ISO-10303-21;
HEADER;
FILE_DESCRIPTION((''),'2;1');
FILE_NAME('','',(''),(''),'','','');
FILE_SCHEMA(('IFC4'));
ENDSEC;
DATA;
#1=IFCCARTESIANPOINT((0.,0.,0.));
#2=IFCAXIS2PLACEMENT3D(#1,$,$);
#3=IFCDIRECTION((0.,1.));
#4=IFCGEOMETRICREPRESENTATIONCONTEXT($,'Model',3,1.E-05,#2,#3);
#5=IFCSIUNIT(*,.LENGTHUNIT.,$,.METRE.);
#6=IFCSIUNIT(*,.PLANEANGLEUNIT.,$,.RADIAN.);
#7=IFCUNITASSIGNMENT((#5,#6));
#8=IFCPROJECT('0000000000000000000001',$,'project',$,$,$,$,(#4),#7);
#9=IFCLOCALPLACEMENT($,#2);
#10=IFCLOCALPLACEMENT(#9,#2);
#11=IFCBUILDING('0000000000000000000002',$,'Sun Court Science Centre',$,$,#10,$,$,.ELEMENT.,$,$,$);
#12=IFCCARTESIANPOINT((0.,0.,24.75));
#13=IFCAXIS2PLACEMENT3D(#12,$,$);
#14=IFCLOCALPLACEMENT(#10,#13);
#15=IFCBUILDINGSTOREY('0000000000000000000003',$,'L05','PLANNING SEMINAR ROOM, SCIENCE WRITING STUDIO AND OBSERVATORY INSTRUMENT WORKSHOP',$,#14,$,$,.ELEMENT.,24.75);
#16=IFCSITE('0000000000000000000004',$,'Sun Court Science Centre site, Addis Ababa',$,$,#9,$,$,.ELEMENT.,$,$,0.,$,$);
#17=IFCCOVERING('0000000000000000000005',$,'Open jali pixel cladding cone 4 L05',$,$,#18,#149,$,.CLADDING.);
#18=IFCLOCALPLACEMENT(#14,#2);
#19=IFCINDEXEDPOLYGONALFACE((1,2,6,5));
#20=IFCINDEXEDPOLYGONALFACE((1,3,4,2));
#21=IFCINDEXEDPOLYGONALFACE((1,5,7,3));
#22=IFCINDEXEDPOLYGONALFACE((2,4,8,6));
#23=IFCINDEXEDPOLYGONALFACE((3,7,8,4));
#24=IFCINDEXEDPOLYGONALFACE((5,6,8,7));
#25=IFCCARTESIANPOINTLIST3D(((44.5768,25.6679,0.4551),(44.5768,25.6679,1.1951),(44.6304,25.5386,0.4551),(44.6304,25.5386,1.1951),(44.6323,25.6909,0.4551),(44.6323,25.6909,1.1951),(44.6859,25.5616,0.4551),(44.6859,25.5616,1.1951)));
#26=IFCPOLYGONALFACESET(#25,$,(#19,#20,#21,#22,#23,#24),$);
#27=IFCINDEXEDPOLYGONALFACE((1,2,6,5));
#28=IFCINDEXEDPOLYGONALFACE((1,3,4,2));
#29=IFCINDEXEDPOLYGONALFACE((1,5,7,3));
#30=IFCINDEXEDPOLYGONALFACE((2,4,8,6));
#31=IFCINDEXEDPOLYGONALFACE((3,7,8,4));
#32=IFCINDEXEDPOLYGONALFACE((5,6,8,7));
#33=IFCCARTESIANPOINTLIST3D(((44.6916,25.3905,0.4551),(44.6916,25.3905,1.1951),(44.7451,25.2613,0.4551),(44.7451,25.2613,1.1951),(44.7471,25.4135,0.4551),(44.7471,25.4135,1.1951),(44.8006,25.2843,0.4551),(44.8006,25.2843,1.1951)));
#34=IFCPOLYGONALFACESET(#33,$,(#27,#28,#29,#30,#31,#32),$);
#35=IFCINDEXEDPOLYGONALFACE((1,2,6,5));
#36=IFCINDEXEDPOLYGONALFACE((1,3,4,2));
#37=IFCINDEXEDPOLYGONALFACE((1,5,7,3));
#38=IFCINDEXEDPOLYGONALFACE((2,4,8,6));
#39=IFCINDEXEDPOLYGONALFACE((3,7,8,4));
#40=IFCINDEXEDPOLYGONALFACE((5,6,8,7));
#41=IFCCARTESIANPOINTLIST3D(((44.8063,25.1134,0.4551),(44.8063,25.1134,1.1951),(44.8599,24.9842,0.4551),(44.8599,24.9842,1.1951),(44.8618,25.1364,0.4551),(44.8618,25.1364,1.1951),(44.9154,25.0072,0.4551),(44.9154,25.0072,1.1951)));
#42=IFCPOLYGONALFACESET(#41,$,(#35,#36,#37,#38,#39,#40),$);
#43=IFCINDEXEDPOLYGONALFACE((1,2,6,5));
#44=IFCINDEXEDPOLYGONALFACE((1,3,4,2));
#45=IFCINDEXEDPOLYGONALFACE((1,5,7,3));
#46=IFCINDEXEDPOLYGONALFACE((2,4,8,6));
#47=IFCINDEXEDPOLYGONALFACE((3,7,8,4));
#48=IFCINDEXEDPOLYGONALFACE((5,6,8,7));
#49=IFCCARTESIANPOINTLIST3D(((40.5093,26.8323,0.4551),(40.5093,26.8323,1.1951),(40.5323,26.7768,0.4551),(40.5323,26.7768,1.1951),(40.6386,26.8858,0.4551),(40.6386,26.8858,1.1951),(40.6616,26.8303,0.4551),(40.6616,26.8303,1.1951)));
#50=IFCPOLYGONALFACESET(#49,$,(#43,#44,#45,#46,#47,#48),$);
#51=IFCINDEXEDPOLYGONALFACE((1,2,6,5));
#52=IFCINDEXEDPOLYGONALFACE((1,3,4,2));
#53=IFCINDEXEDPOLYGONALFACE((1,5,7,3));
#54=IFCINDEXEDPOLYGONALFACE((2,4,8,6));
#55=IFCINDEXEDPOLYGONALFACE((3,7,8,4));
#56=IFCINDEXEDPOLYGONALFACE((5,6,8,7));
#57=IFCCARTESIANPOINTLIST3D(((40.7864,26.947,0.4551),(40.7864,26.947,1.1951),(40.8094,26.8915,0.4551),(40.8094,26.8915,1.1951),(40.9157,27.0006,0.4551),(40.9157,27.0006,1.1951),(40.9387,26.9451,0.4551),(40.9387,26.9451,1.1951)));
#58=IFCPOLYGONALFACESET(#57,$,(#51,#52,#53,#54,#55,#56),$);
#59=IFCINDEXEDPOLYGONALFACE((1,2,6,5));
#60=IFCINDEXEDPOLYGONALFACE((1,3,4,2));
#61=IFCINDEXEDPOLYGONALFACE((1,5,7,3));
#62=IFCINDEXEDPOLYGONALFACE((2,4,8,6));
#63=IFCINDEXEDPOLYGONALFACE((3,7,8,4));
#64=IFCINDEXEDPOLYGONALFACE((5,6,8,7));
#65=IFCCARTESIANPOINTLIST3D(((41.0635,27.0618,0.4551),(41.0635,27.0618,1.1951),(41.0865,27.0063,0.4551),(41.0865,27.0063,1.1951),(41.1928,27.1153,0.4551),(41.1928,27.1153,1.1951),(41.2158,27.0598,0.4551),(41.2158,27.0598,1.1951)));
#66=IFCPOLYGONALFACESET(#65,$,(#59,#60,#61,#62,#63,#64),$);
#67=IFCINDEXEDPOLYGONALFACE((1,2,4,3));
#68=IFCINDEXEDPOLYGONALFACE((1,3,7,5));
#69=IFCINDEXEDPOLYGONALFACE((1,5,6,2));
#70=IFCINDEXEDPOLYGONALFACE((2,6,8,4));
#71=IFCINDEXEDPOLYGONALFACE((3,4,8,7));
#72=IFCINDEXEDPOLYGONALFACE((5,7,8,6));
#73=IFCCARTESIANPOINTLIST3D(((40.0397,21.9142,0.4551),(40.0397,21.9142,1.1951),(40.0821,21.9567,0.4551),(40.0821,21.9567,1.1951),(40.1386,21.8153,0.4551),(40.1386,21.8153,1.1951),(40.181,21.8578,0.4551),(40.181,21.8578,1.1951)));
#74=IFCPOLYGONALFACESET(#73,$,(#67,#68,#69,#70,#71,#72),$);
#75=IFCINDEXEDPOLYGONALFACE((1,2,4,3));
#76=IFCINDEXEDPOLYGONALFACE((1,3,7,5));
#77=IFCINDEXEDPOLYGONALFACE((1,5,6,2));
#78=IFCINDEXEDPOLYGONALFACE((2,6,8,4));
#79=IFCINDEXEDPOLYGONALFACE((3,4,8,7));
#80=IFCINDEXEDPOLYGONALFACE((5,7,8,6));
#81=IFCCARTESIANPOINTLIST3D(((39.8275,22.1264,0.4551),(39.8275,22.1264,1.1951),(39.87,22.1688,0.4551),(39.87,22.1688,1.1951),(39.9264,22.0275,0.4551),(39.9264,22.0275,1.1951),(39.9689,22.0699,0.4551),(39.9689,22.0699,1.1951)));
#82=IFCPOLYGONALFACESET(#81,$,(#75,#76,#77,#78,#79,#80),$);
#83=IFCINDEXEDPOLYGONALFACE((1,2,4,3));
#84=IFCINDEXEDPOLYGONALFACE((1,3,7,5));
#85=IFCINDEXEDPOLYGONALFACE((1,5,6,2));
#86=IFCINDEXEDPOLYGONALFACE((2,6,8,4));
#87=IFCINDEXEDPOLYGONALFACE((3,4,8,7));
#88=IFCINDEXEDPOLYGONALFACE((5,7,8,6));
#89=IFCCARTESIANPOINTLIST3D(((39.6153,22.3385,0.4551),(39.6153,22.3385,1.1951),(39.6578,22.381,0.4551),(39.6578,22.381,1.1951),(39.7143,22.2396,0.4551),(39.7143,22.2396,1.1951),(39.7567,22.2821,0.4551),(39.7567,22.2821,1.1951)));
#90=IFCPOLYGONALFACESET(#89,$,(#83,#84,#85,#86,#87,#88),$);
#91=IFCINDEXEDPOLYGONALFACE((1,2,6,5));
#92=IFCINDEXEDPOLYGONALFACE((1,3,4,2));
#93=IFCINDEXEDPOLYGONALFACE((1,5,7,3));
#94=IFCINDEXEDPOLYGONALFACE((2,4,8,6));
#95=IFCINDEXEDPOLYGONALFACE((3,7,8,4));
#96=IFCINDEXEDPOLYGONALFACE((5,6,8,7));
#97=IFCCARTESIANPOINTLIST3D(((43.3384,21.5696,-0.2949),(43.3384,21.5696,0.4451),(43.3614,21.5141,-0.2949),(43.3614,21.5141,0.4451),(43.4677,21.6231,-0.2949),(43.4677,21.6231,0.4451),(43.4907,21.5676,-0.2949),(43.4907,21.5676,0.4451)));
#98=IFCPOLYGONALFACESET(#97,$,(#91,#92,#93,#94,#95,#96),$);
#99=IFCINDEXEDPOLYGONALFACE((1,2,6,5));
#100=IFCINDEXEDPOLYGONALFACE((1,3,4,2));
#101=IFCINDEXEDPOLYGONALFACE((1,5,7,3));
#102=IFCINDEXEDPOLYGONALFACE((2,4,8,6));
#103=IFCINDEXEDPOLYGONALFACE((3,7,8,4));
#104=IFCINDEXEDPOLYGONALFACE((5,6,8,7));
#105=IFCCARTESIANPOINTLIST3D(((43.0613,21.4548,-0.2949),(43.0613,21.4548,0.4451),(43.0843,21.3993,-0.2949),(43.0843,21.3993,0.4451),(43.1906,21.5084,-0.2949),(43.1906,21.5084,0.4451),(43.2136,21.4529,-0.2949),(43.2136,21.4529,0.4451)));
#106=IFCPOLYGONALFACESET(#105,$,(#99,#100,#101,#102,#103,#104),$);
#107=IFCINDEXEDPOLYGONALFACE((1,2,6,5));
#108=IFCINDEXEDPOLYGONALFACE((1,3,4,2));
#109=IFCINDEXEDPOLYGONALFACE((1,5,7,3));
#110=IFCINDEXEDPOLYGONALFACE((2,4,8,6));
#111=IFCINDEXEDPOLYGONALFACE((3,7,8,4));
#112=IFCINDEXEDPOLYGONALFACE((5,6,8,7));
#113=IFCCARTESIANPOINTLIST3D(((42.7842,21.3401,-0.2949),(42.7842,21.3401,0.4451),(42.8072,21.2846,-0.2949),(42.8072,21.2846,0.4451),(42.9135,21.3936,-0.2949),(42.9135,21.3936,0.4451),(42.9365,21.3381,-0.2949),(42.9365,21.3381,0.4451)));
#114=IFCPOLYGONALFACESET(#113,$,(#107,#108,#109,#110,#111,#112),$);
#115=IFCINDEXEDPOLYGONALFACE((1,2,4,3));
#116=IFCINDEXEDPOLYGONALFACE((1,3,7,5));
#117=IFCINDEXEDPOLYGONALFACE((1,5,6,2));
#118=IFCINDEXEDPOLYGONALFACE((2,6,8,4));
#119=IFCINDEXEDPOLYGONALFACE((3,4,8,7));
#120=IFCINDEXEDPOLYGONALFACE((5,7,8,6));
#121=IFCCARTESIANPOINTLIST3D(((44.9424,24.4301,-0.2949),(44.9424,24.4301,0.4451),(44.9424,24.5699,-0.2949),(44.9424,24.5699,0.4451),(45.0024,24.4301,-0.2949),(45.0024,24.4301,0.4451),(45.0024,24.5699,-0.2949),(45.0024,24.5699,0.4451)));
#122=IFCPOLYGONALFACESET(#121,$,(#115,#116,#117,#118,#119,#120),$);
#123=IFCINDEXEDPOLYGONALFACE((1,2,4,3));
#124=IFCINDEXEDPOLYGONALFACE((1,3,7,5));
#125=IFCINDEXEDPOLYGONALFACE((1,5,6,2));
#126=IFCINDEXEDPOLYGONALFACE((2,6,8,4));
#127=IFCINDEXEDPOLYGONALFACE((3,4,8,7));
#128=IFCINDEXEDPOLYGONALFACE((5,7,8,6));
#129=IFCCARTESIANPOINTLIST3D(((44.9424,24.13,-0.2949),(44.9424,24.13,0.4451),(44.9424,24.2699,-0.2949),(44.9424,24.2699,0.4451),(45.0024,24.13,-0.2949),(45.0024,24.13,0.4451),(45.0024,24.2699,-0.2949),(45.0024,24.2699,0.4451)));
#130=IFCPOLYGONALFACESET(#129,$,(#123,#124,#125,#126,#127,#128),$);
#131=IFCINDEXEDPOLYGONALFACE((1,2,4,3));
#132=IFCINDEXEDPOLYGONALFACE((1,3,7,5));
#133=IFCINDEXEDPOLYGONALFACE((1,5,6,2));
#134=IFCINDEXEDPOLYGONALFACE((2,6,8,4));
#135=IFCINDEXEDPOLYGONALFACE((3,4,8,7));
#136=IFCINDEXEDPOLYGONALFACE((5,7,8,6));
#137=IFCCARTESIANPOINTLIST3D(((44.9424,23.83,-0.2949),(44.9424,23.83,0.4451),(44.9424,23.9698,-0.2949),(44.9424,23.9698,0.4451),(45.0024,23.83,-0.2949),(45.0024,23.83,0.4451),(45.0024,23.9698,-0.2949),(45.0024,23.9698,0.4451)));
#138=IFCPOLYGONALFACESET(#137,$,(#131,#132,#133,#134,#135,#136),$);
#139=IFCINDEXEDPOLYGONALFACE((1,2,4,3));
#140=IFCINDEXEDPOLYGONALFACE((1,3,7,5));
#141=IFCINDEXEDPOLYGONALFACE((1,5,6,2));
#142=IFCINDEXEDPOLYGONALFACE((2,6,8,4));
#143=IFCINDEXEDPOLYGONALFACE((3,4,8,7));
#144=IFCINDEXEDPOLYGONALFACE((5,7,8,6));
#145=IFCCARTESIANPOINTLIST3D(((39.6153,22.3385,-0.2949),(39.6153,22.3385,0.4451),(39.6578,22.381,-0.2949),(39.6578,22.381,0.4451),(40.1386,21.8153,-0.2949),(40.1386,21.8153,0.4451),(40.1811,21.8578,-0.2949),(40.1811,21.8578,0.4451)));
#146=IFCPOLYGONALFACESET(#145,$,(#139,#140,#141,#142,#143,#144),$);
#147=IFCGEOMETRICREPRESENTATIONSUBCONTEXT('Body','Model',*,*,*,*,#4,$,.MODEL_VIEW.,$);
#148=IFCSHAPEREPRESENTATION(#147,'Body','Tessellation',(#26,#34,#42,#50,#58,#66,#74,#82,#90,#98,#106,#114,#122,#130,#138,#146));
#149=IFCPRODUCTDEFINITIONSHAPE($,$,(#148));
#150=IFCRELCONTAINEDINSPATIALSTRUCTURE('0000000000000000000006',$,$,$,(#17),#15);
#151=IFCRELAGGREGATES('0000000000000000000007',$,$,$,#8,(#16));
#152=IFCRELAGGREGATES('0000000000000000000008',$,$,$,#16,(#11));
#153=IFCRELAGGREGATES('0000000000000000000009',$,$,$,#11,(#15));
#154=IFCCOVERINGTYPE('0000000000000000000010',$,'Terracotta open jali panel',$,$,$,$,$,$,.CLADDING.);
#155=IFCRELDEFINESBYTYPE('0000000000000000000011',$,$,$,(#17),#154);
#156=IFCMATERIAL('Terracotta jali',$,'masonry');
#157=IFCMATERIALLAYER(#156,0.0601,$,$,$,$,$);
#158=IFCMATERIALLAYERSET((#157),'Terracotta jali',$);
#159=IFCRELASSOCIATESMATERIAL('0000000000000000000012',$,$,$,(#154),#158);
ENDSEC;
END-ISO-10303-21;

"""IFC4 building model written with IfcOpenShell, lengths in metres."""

from ifc_helpers import new_model, si_unit, direction, frame, origin, origin_2d, place, context, subcontext, project, spatial, rectangle, extrude, material, layer, layer_set, type_object, element, save


model = new_model("IFC4")

# Units and contexts
model_context = context("Model", 3, precision=1e-05, world=origin(), true_north=direction((0.0, 1.0)))
body_context = subcontext(model_context, "Body", "Model", "MODEL_VIEW")
ifc_project = project(units=[si_unit("LENGTHUNIT", "METRE"), si_unit("PLANEANGLEUNIT", "RADIAN")], contexts=[model_context])

# Site, building, storey
site_placement = place(None, origin())
site = spatial("IfcSite", under=ifc_project, at=site_placement, Name="Sun Court Science Centre site, Addis Ababa", CompositionType="ELEMENT", RefElevation=0.0)
building_placement = place(site_placement, origin())
building = spatial("IfcBuilding", under=site, at=building_placement, Name="Sun Court Science Centre", CompositionType="ELEMENT")
storey_placement = place(building_placement, frame((0.0, 0.0, 24.75)))
storey = spatial("IfcBuildingStorey", under=building, at=storey_placement, Name="L05", Description="PLANNING SEMINAR ROOM, SCIENCE WRITING STUDIO AND OBSERVATORY INSTRUMENT WORKSHOP", CompositionType="ELEMENT", Elevation=24.75)

# Covering
ifc_material_1 = material(Name="Terracotta jali", Category="masonry")
ifc_layer_1 = layer(ifc_material_1, 0.0601)
ifc_layer_set_1 = layer_set([ifc_layer_1], Name="Terracotta jali")
covering_type_1 = type_object("IfcCoveringType", Name="Terracotta open jali panel", PredefinedType="CLADDING", material=ifc_layer_set_1)
covering_1_placement = place(storey_placement, frame((0.0, 0.0, -24.75)))
element("IfcCovering", 1, at=covering_1_placement, inside=storey, type_object=covering_type_1, Name="Open jali pixel cladding cone 4 L05", PredefinedType="CLADDING", context=body_context, shape_type="SweptSolid", body=[
    extrude(rectangle(XDim=0.1399, YDim=0.0601, at=origin_2d()), frame((44.6313, 25.6147, 25.2051), z_axis=(0.0, 0.0, 1.0), x_axis=(0.382683, -0.92388, 0.0)), (0.0, 0.0, 1.0), 0.74),
    extrude(rectangle(XDim=0.1399, YDim=0.0601, at=origin_2d()), frame((44.7461, 25.3374, 25.2051), z_axis=(0.0, 0.0, 1.0), x_axis=(0.382683, -0.92388, 0.0)), (0.0, 0.0, 1.0), 0.74),
    extrude(rectangle(XDim=0.1399, YDim=0.0601, at=origin_2d()), frame((44.8608, 25.0603, 25.2051), z_axis=(0.0, 0.0, 1.0), x_axis=(0.382683, -0.92388, 0.0)), (0.0, 0.0, 1.0), 0.74),
    extrude(rectangle(XDim=0.1399, YDim=0.0601, at=origin_2d()), frame((40.5854, 26.8313, 25.2051), z_axis=(0.0, 0.0, 1.0), x_axis=(0.92388, 0.382683, 0.0)), (0.0, 0.0, 1.0), 0.74),
    extrude(rectangle(XDim=0.1399, YDim=0.0601, at=origin_2d()), frame((40.8625, 26.946, 25.2051), z_axis=(0.0, 0.0, 1.0), x_axis=(0.92388, 0.382683, 0.0)), (0.0, 0.0, 1.0), 0.74),
    extrude(rectangle(XDim=0.1399, YDim=0.0601, at=origin_2d()), frame((41.1396, 27.0608, 25.2051), z_axis=(0.0, 0.0, 1.0), x_axis=(0.92388, 0.382683, 0.0)), (0.0, 0.0, 1.0), 0.74),
    extrude(rectangle(XDim=0.1399, YDim=0.0601, at=origin_2d()), frame((40.1104, 21.886, 25.2051), z_axis=(0.0, 0.0, 1.0), x_axis=(-0.707107, 0.707107, 0.0)), (0.0, 0.0, 1.0), 0.74),
    extrude(rectangle(XDim=0.1399, YDim=0.0601, at=origin_2d()), frame((39.8982, 22.0981, 25.2051), z_axis=(0.0, 0.0, 1.0), x_axis=(-0.707107, 0.707107, 0.0)), (0.0, 0.0, 1.0), 0.74),
    extrude(rectangle(XDim=0.1399, YDim=0.0601, at=origin_2d()), frame((39.686, 22.3103, 25.2051), z_axis=(0.0, 0.0, 1.0), x_axis=(-0.707107, 0.707107, 0.0)), (0.0, 0.0, 1.0), 0.74),
    extrude(rectangle(XDim=0.1399, YDim=0.0601, at=origin_2d()), frame((43.4146, 21.5686, 24.4551), z_axis=(0.0, 0.0, 1.0), x_axis=(-0.92388, -0.382683, 0.0)), (0.0, 0.0, 1.0), 0.74),
    extrude(rectangle(XDim=0.1399, YDim=0.0601, at=origin_2d()), frame((43.1375, 21.4539, 24.4551), z_axis=(0.0, 0.0, 1.0), x_axis=(-0.92388, -0.382683, 0.0)), (0.0, 0.0, 1.0), 0.74),
    extrude(rectangle(XDim=0.1399, YDim=0.0601, at=origin_2d()), frame((42.8604, 21.3391, 24.4551), z_axis=(0.0, 0.0, 1.0), x_axis=(-0.92388, -0.382683, 0.0)), (0.0, 0.0, 1.0), 0.74),
    extrude(rectangle(XDim=0.1399, YDim=0.0601, at=origin_2d()), frame((44.9724, 24.5, 24.4551), z_axis=(0.0, 0.0, 1.0), x_axis=(0.0, -1.0, 0.0)), (0.0, 0.0, 1.0), 0.74),
    extrude(rectangle(XDim=0.1399, YDim=0.0601, at=origin_2d()), frame((44.9724, 24.2, 24.4551), z_axis=(0.0, 0.0, 1.0), x_axis=(0.0, -1.0, 0.0)), (0.0, 0.0, 1.0), 0.74),
    extrude(rectangle(XDim=0.1399, YDim=0.0601, at=origin_2d()), frame((44.9724, 23.8999, 24.4551), z_axis=(0.0, 0.0, 1.0), x_axis=(0.0, -1.0, 0.0)), (0.0, 0.0, 1.0), 0.74),
    extrude(rectangle(XDim=0.74, YDim=0.0601, at=origin_2d()), frame((39.8982, 22.0981, 24.4551), z_axis=(0.0, 0.0, 1.0), x_axis=(-0.707107, 0.707107, 0.0)), (0.0, 0.0, 1.0), 0.74),
])

save(model, "model.ifc")
